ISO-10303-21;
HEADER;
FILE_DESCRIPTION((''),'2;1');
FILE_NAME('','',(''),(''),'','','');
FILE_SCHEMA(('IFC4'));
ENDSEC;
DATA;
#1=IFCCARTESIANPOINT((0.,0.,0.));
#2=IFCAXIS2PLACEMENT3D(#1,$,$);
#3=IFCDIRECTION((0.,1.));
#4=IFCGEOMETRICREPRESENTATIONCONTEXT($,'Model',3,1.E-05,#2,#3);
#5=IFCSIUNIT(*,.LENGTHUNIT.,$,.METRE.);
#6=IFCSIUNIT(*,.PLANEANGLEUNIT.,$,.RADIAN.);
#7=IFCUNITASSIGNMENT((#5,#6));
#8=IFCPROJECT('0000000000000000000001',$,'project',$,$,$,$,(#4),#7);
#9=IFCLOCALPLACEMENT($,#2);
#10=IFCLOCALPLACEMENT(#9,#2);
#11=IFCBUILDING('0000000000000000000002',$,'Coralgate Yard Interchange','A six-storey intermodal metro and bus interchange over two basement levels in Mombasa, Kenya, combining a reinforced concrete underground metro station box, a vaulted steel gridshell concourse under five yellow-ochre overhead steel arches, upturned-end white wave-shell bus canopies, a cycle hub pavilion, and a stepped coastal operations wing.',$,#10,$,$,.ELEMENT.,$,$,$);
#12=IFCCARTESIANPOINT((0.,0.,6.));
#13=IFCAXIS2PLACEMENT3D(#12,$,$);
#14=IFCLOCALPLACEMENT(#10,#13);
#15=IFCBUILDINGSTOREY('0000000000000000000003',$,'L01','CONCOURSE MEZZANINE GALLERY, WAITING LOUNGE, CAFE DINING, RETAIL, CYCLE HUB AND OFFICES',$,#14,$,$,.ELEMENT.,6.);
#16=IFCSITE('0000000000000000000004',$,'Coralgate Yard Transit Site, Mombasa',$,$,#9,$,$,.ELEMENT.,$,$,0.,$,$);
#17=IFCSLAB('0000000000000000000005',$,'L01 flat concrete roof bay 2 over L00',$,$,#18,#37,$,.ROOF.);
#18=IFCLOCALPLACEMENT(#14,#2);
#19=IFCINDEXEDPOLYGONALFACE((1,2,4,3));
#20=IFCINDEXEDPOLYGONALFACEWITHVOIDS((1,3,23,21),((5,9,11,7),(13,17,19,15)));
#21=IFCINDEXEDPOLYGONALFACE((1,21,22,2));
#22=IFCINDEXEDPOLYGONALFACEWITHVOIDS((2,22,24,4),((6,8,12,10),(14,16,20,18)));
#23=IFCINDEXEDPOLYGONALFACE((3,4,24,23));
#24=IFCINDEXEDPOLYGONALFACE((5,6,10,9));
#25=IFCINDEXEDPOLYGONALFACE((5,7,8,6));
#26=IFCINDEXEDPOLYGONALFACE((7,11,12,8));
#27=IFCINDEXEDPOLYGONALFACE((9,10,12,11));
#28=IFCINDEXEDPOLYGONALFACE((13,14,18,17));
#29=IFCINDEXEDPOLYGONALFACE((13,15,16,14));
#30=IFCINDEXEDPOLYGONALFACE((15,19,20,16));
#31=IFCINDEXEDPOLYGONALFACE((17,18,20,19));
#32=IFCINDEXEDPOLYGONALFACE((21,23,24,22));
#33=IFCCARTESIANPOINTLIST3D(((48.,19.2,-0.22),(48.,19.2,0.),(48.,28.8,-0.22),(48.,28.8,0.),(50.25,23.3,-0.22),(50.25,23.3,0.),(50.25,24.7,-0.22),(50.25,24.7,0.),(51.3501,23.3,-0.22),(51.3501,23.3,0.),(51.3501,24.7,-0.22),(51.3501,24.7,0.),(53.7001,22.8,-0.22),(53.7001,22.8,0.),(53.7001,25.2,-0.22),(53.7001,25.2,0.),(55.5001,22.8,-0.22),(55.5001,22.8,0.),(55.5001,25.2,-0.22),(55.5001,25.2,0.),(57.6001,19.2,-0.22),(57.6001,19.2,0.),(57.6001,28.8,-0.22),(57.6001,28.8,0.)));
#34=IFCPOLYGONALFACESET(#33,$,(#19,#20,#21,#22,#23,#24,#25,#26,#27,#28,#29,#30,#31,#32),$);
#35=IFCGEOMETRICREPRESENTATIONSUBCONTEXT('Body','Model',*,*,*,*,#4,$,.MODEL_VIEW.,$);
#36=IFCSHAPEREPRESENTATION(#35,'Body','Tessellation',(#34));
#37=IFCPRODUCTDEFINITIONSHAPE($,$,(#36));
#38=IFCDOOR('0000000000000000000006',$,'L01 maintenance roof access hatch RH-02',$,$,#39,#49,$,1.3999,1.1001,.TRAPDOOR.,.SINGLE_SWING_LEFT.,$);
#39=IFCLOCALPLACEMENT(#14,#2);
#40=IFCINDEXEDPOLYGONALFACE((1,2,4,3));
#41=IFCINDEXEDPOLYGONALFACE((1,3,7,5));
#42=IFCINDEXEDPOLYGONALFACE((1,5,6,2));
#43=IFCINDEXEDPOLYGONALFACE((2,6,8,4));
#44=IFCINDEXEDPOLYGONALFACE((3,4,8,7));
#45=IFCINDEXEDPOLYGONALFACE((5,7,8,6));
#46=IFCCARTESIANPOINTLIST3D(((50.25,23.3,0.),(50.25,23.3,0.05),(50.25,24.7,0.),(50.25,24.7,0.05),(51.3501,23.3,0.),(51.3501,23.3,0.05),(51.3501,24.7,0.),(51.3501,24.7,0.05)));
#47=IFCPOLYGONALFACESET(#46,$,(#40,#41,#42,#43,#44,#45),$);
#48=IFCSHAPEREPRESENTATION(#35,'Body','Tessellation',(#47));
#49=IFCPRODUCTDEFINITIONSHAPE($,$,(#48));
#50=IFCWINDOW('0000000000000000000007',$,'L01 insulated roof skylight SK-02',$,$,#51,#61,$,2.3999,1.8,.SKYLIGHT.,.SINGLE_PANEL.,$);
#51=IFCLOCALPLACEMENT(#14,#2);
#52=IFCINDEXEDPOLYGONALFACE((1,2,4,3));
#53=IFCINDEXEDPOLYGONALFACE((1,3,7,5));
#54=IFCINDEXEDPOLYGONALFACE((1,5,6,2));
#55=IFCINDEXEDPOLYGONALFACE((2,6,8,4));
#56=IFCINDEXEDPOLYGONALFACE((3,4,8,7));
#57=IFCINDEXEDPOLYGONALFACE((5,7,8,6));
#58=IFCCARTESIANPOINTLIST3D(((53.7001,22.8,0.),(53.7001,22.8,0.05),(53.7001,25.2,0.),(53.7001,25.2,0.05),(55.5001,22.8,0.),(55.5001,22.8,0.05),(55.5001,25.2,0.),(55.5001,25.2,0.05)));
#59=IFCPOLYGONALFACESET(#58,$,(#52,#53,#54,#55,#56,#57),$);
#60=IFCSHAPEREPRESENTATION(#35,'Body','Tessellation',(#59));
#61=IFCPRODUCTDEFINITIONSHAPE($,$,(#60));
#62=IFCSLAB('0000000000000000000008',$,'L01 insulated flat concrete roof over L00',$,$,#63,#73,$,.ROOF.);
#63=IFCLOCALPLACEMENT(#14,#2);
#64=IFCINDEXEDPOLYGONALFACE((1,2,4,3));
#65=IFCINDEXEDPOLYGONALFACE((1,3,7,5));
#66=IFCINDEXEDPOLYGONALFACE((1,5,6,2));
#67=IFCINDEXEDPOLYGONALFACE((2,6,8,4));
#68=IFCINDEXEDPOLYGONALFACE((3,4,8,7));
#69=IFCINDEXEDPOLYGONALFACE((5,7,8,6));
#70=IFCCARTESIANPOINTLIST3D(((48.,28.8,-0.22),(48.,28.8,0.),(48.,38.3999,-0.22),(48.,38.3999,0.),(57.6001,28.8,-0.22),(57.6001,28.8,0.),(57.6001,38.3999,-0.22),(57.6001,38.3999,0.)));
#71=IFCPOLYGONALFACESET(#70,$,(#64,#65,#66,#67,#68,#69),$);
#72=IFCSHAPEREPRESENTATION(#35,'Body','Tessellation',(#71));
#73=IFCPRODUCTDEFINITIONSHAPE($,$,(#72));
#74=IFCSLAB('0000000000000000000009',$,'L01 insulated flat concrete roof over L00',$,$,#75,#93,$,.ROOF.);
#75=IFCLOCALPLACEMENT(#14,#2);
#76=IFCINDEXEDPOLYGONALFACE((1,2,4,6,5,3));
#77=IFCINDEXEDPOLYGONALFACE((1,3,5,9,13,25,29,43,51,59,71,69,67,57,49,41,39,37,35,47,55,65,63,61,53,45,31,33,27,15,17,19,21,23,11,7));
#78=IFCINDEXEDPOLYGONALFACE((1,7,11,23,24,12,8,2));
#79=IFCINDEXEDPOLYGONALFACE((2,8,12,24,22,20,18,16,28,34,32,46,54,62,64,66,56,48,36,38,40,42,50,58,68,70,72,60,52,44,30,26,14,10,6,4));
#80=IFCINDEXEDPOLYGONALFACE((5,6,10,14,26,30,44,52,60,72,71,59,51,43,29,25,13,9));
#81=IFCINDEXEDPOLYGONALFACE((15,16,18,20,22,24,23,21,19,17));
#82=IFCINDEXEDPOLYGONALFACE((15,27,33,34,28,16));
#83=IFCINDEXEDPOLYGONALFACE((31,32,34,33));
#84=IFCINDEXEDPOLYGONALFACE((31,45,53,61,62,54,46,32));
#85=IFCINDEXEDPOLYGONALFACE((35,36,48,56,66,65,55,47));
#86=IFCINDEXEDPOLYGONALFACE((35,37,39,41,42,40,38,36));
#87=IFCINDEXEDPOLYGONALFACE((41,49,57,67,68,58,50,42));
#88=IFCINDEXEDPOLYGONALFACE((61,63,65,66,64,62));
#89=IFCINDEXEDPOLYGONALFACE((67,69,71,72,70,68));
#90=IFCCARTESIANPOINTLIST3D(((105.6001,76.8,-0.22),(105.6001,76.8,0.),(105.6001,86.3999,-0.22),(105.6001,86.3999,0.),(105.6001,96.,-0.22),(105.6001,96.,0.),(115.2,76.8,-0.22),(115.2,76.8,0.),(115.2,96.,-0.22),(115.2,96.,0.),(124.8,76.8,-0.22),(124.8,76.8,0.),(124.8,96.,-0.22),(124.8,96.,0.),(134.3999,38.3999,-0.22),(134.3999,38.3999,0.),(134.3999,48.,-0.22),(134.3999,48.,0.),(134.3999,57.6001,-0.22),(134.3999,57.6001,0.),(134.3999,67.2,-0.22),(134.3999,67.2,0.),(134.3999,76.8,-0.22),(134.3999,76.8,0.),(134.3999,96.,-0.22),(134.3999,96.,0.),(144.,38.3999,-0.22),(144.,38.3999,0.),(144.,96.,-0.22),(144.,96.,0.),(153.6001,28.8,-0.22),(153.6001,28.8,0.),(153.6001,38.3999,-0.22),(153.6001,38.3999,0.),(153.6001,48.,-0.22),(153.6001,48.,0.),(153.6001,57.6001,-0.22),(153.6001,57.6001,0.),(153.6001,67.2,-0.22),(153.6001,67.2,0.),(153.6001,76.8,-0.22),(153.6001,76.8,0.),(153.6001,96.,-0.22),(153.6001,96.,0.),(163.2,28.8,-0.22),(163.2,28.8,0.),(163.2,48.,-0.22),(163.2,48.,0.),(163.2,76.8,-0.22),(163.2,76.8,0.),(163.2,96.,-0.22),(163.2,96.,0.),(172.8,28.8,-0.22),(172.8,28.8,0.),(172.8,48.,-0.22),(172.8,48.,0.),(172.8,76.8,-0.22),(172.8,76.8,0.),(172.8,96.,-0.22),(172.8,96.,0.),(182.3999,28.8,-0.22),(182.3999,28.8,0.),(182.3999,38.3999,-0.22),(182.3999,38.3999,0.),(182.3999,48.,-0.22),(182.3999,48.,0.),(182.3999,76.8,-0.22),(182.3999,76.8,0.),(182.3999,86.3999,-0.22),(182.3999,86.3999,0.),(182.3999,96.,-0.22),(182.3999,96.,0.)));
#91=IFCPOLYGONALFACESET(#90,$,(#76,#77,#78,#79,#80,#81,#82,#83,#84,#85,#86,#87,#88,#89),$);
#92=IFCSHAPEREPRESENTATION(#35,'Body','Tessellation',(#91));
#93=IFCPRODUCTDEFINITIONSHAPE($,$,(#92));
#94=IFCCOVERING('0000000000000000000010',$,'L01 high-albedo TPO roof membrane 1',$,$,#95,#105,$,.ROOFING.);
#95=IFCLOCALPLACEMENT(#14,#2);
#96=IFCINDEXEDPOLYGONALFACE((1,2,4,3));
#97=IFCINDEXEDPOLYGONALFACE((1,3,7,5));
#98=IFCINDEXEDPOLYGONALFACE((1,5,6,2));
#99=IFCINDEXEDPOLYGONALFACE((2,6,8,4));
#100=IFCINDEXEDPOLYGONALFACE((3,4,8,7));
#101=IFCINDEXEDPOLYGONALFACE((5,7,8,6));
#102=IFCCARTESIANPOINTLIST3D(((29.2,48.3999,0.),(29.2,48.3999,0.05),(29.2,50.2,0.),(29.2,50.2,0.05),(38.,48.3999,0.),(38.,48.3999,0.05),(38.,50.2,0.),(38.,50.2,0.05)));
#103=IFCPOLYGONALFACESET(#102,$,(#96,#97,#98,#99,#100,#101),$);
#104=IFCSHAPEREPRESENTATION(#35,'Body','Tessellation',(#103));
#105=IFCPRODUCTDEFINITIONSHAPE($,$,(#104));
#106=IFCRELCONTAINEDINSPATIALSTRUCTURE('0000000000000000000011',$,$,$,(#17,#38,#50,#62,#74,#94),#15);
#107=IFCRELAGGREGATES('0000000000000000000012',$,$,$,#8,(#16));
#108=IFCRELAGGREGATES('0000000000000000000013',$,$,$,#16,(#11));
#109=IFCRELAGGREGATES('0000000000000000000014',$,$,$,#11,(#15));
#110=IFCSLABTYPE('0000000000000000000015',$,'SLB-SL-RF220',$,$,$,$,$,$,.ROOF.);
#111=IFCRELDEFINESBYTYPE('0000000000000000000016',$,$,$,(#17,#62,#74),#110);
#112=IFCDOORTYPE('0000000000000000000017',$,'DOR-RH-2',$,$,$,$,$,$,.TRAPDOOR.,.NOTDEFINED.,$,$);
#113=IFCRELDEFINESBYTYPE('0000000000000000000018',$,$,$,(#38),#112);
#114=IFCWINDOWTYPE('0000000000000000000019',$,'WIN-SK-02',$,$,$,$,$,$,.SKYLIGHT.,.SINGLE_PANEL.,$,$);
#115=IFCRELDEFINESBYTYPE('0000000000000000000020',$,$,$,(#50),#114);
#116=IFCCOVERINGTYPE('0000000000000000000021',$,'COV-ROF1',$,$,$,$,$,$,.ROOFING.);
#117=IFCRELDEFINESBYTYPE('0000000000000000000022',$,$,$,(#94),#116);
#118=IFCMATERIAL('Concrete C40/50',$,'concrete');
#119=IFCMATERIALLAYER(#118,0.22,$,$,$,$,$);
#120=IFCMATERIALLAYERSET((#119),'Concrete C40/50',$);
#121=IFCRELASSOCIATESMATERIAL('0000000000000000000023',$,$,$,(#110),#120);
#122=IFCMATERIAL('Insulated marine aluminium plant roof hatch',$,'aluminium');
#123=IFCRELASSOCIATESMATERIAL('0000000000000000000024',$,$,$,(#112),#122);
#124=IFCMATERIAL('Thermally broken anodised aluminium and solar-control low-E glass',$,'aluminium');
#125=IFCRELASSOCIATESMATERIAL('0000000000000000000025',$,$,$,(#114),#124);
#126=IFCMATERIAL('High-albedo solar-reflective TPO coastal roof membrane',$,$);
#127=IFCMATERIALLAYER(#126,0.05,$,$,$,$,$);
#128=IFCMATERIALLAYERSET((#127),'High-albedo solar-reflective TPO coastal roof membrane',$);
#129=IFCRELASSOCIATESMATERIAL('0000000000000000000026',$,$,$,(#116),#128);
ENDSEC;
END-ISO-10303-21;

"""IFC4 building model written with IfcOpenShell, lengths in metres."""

from ifc_helpers import new_model, si_unit, direction, frame, origin, origin_2d, place, context, subcontext, project, spatial, polyline, rectangle, outline, extrude, material, layer, layer_set, type_object, element, fill, save


model = new_model("IFC4")

# Units and contexts
model_context = context("Model", 3, precision=1e-05, world=origin(), true_north=direction((0.0, 1.0)))
body_context = subcontext(model_context, "Body", "Model", "MODEL_VIEW")
ifc_project = project(units=[si_unit("LENGTHUNIT", "METRE"), si_unit("PLANEANGLEUNIT", "RADIAN")], contexts=[model_context])

# Site, building, storey
site_placement = place(None, origin())
site = spatial("IfcSite", under=ifc_project, at=site_placement, Name="Coralgate Yard Transit Site, Mombasa", CompositionType="ELEMENT", RefElevation=0.0)
building_placement = place(site_placement, origin())
building = spatial("IfcBuilding", under=site, at=building_placement, Name="Coralgate Yard Interchange", Description="A six-storey intermodal metro and bus interchange over two basement levels in Mombasa, Kenya, combining a reinforced concrete underground metro station box, a vaulted steel gridshell concourse under five yellow-ochre overhead steel arches, upturned-end white wave-shell bus canopies, a cycle hub pavilion, and a stepped coastal operations wing.", CompositionType="ELEMENT")
storey_placement = place(building_placement, frame((0.0, 0.0, 6.0)))
storey = spatial("IfcBuildingStorey", under=building, at=storey_placement, Name="L01", Description="CONCOURSE MEZZANINE GALLERY, WAITING LOUNGE, CAFE DINING, RETAIL, CYCLE HUB AND OFFICES", CompositionType="ELEMENT", Elevation=6.0)

# Shared definitions
ifc_material_1 = material(Name="Concrete C40/50", Category="concrete")

# Slab, openings, door, window
ifc_layer_1 = layer(ifc_material_1, 0.22)
ifc_layer_set_1 = layer_set([ifc_layer_1], Name="Concrete C40/50")
slab_type_1 = type_object("IfcSlabType", Name="SLB-SL-RF220", PredefinedType="ROOF", material=ifc_layer_set_1)
ifc_material_2 = material(Name="Thermally broken anodised aluminium and solar-control low-E glass", Category="aluminium")
slab_1_placement = place(storey_placement, frame((0.0, 0.0, -0.22)))
slab_1 = element("IfcSlab", 1, at=slab_1_placement, inside=storey, type_object=slab_type_1, Name="L01 flat concrete roof bay 2 over L00", PredefinedType="ROOF", context=body_context, shape_type="SweptSolid", body=[
    extrude(outline(polyline([(48.0, 19.2), (57.6001, 19.2), (57.6001, 28.8), (48.0, 28.8), (48.0, 19.2)])), origin(), (0.0, 0.0, 1.0), 0.22),
])
opening_1_placement = place(slab_1_placement, frame((50.8, 24.0, -0.01)))
opening_1 = element("IfcOpeningElement", 2, at=opening_1_placement, cuts=slab_1, PredefinedType="OPENING", context=body_context, shape_type="SweptSolid", body=[
    extrude(rectangle(XDim=1.1001, YDim=1.3999, at=origin_2d()), origin(), (0.0, 0.0, 1.0), 0.29),
])
opening_2_placement = place(slab_1_placement, frame((54.6001, 24.0, -0.01)))
opening_2 = element("IfcOpeningElement", 3, at=opening_2_placement, cuts=slab_1, PredefinedType="OPENING", context=body_context, shape_type="SweptSolid", body=[
    extrude(rectangle(XDim=1.8, YDim=2.3999, at=origin_2d()), origin(), (0.0, 0.0, 1.0), 0.29),
])
ifc_material_3 = material(Name="Insulated marine aluminium plant roof hatch", Category="aluminium")
door_type_1 = type_object("IfcDoorType", Name="DOR-RH-2", OperationType="NOTDEFINED", PredefinedType="TRAPDOOR", material=ifc_material_3)
door_1_placement = place(opening_1_placement, frame((0.0, 0.0, 0.23)))
door_1 = element("IfcDoor", 4, at=door_1_placement, inside=storey, type_object=door_type_1, Name="L01 maintenance roof access hatch RH-02", OperationType="SINGLE_SWING_LEFT", OverallHeight=1.3999, OverallWidth=1.1001, PredefinedType="TRAPDOOR", context=body_context, shape_type="SweptSolid", body=[
    extrude(rectangle(XDim=1.1001, YDim=1.3999, at=origin_2d()), origin(), (0.0, 0.0, 1.0), 0.05),
])
fill(opening_1, door_1)
window_type_1 = type_object("IfcWindowType", Name="WIN-SK-02", PartitioningType="SINGLE_PANEL", PredefinedType="SKYLIGHT", material=ifc_material_2)
window_1_placement = place(opening_2_placement, frame((0.0, 0.0, 0.23)))
window_1 = element("IfcWindow", 5, at=window_1_placement, inside=storey, type_object=window_type_1, Name="L01 insulated roof skylight SK-02", OverallHeight=2.3999, OverallWidth=1.8, PartitioningType="SINGLE_PANEL", PredefinedType="SKYLIGHT", context=body_context, shape_type="SweptSolid", body=[
    extrude(rectangle(XDim=1.8, YDim=2.3999, at=origin_2d()), origin(), (0.0, 0.0, 1.0), 0.05),
])
fill(opening_2, window_1)

# Slabs
slab_2_placement = place(storey_placement, frame((0.0, 0.0, -0.22)))
element("IfcSlab", 6, at=slab_2_placement, inside=storey, type_object=slab_type_1, Name="L01 insulated flat concrete roof over L00", PredefinedType="ROOF", context=body_context, shape_type="SweptSolid", body=[
    extrude(outline(polyline([(48.0, 28.8), (48.0, 38.3999), (57.6001, 38.3999), (57.6001, 28.8), (48.0, 28.8)])), origin(), (0.0, 0.0, 1.0), 0.22),
])
slab_3_placement = place(storey_placement, frame((0.0, 0.0, -0.22)))
element("IfcSlab", 7, at=slab_3_placement, inside=storey, type_object=slab_type_1, Name="L01 insulated flat concrete roof over L00", PredefinedType="ROOF", context=body_context, shape_type="SweptSolid", body=[
    extrude(outline(polyline([(144.0, 38.3999), (134.3999, 38.3999), (134.3999, 48.0), (134.3999, 57.6001), (134.3999, 67.2), (134.3999, 76.8), (124.8, 76.8), (115.2, 76.8), (105.6001, 76.8), (105.6001, 86.3999), (105.6001, 96.0), (115.2, 96.0), (124.8, 96.0), (134.3999, 96.0), (144.0, 96.0), (153.6001, 96.0), (163.2, 96.0), (172.8, 96.0), (182.3999, 96.0), (182.3999, 86.3999), (182.3999, 76.8), (172.8, 76.8), (163.2, 76.8), (153.6001, 76.8), (153.6001, 67.2), (153.6001, 57.6001), (153.6001, 48.0), (163.2, 48.0), (172.8, 48.0), (182.3999, 48.0), (182.3999, 38.3999), (182.3999, 28.8), (172.8, 28.8), (163.2, 28.8), (153.6001, 28.8), (153.6001, 38.3999), (144.0, 38.3999)])), origin(), (0.0, 0.0, 1.0), 0.22),
])

# Covering
ifc_material_4 = material(Name="High-albedo solar-reflective TPO coastal roof membrane")
ifc_layer_2 = layer(ifc_material_4, 0.05)
ifc_layer_set_2 = layer_set([ifc_layer_2], Name="High-albedo solar-reflective TPO coastal roof membrane")
covering_type = type_object("IfcCoveringType", Name="COV-ROF1", PredefinedType="ROOFING", material=ifc_layer_set_2)
covering_placement = place(storey_placement, origin())
element("IfcCovering", 8, at=covering_placement, inside=storey, type_object=covering_type, Name="L01 high-albedo TPO roof membrane 1", PredefinedType="ROOFING", context=body_context, shape_type="SweptSolid", body=[
    extrude(outline(polyline([(29.2, 48.3999), (38.0, 48.3999), (38.0, 50.2), (29.2, 50.2), (29.2, 48.3999)])), origin(), (0.0, 0.0, 1.0), 0.05),
])

save(model, "model.ifc")
